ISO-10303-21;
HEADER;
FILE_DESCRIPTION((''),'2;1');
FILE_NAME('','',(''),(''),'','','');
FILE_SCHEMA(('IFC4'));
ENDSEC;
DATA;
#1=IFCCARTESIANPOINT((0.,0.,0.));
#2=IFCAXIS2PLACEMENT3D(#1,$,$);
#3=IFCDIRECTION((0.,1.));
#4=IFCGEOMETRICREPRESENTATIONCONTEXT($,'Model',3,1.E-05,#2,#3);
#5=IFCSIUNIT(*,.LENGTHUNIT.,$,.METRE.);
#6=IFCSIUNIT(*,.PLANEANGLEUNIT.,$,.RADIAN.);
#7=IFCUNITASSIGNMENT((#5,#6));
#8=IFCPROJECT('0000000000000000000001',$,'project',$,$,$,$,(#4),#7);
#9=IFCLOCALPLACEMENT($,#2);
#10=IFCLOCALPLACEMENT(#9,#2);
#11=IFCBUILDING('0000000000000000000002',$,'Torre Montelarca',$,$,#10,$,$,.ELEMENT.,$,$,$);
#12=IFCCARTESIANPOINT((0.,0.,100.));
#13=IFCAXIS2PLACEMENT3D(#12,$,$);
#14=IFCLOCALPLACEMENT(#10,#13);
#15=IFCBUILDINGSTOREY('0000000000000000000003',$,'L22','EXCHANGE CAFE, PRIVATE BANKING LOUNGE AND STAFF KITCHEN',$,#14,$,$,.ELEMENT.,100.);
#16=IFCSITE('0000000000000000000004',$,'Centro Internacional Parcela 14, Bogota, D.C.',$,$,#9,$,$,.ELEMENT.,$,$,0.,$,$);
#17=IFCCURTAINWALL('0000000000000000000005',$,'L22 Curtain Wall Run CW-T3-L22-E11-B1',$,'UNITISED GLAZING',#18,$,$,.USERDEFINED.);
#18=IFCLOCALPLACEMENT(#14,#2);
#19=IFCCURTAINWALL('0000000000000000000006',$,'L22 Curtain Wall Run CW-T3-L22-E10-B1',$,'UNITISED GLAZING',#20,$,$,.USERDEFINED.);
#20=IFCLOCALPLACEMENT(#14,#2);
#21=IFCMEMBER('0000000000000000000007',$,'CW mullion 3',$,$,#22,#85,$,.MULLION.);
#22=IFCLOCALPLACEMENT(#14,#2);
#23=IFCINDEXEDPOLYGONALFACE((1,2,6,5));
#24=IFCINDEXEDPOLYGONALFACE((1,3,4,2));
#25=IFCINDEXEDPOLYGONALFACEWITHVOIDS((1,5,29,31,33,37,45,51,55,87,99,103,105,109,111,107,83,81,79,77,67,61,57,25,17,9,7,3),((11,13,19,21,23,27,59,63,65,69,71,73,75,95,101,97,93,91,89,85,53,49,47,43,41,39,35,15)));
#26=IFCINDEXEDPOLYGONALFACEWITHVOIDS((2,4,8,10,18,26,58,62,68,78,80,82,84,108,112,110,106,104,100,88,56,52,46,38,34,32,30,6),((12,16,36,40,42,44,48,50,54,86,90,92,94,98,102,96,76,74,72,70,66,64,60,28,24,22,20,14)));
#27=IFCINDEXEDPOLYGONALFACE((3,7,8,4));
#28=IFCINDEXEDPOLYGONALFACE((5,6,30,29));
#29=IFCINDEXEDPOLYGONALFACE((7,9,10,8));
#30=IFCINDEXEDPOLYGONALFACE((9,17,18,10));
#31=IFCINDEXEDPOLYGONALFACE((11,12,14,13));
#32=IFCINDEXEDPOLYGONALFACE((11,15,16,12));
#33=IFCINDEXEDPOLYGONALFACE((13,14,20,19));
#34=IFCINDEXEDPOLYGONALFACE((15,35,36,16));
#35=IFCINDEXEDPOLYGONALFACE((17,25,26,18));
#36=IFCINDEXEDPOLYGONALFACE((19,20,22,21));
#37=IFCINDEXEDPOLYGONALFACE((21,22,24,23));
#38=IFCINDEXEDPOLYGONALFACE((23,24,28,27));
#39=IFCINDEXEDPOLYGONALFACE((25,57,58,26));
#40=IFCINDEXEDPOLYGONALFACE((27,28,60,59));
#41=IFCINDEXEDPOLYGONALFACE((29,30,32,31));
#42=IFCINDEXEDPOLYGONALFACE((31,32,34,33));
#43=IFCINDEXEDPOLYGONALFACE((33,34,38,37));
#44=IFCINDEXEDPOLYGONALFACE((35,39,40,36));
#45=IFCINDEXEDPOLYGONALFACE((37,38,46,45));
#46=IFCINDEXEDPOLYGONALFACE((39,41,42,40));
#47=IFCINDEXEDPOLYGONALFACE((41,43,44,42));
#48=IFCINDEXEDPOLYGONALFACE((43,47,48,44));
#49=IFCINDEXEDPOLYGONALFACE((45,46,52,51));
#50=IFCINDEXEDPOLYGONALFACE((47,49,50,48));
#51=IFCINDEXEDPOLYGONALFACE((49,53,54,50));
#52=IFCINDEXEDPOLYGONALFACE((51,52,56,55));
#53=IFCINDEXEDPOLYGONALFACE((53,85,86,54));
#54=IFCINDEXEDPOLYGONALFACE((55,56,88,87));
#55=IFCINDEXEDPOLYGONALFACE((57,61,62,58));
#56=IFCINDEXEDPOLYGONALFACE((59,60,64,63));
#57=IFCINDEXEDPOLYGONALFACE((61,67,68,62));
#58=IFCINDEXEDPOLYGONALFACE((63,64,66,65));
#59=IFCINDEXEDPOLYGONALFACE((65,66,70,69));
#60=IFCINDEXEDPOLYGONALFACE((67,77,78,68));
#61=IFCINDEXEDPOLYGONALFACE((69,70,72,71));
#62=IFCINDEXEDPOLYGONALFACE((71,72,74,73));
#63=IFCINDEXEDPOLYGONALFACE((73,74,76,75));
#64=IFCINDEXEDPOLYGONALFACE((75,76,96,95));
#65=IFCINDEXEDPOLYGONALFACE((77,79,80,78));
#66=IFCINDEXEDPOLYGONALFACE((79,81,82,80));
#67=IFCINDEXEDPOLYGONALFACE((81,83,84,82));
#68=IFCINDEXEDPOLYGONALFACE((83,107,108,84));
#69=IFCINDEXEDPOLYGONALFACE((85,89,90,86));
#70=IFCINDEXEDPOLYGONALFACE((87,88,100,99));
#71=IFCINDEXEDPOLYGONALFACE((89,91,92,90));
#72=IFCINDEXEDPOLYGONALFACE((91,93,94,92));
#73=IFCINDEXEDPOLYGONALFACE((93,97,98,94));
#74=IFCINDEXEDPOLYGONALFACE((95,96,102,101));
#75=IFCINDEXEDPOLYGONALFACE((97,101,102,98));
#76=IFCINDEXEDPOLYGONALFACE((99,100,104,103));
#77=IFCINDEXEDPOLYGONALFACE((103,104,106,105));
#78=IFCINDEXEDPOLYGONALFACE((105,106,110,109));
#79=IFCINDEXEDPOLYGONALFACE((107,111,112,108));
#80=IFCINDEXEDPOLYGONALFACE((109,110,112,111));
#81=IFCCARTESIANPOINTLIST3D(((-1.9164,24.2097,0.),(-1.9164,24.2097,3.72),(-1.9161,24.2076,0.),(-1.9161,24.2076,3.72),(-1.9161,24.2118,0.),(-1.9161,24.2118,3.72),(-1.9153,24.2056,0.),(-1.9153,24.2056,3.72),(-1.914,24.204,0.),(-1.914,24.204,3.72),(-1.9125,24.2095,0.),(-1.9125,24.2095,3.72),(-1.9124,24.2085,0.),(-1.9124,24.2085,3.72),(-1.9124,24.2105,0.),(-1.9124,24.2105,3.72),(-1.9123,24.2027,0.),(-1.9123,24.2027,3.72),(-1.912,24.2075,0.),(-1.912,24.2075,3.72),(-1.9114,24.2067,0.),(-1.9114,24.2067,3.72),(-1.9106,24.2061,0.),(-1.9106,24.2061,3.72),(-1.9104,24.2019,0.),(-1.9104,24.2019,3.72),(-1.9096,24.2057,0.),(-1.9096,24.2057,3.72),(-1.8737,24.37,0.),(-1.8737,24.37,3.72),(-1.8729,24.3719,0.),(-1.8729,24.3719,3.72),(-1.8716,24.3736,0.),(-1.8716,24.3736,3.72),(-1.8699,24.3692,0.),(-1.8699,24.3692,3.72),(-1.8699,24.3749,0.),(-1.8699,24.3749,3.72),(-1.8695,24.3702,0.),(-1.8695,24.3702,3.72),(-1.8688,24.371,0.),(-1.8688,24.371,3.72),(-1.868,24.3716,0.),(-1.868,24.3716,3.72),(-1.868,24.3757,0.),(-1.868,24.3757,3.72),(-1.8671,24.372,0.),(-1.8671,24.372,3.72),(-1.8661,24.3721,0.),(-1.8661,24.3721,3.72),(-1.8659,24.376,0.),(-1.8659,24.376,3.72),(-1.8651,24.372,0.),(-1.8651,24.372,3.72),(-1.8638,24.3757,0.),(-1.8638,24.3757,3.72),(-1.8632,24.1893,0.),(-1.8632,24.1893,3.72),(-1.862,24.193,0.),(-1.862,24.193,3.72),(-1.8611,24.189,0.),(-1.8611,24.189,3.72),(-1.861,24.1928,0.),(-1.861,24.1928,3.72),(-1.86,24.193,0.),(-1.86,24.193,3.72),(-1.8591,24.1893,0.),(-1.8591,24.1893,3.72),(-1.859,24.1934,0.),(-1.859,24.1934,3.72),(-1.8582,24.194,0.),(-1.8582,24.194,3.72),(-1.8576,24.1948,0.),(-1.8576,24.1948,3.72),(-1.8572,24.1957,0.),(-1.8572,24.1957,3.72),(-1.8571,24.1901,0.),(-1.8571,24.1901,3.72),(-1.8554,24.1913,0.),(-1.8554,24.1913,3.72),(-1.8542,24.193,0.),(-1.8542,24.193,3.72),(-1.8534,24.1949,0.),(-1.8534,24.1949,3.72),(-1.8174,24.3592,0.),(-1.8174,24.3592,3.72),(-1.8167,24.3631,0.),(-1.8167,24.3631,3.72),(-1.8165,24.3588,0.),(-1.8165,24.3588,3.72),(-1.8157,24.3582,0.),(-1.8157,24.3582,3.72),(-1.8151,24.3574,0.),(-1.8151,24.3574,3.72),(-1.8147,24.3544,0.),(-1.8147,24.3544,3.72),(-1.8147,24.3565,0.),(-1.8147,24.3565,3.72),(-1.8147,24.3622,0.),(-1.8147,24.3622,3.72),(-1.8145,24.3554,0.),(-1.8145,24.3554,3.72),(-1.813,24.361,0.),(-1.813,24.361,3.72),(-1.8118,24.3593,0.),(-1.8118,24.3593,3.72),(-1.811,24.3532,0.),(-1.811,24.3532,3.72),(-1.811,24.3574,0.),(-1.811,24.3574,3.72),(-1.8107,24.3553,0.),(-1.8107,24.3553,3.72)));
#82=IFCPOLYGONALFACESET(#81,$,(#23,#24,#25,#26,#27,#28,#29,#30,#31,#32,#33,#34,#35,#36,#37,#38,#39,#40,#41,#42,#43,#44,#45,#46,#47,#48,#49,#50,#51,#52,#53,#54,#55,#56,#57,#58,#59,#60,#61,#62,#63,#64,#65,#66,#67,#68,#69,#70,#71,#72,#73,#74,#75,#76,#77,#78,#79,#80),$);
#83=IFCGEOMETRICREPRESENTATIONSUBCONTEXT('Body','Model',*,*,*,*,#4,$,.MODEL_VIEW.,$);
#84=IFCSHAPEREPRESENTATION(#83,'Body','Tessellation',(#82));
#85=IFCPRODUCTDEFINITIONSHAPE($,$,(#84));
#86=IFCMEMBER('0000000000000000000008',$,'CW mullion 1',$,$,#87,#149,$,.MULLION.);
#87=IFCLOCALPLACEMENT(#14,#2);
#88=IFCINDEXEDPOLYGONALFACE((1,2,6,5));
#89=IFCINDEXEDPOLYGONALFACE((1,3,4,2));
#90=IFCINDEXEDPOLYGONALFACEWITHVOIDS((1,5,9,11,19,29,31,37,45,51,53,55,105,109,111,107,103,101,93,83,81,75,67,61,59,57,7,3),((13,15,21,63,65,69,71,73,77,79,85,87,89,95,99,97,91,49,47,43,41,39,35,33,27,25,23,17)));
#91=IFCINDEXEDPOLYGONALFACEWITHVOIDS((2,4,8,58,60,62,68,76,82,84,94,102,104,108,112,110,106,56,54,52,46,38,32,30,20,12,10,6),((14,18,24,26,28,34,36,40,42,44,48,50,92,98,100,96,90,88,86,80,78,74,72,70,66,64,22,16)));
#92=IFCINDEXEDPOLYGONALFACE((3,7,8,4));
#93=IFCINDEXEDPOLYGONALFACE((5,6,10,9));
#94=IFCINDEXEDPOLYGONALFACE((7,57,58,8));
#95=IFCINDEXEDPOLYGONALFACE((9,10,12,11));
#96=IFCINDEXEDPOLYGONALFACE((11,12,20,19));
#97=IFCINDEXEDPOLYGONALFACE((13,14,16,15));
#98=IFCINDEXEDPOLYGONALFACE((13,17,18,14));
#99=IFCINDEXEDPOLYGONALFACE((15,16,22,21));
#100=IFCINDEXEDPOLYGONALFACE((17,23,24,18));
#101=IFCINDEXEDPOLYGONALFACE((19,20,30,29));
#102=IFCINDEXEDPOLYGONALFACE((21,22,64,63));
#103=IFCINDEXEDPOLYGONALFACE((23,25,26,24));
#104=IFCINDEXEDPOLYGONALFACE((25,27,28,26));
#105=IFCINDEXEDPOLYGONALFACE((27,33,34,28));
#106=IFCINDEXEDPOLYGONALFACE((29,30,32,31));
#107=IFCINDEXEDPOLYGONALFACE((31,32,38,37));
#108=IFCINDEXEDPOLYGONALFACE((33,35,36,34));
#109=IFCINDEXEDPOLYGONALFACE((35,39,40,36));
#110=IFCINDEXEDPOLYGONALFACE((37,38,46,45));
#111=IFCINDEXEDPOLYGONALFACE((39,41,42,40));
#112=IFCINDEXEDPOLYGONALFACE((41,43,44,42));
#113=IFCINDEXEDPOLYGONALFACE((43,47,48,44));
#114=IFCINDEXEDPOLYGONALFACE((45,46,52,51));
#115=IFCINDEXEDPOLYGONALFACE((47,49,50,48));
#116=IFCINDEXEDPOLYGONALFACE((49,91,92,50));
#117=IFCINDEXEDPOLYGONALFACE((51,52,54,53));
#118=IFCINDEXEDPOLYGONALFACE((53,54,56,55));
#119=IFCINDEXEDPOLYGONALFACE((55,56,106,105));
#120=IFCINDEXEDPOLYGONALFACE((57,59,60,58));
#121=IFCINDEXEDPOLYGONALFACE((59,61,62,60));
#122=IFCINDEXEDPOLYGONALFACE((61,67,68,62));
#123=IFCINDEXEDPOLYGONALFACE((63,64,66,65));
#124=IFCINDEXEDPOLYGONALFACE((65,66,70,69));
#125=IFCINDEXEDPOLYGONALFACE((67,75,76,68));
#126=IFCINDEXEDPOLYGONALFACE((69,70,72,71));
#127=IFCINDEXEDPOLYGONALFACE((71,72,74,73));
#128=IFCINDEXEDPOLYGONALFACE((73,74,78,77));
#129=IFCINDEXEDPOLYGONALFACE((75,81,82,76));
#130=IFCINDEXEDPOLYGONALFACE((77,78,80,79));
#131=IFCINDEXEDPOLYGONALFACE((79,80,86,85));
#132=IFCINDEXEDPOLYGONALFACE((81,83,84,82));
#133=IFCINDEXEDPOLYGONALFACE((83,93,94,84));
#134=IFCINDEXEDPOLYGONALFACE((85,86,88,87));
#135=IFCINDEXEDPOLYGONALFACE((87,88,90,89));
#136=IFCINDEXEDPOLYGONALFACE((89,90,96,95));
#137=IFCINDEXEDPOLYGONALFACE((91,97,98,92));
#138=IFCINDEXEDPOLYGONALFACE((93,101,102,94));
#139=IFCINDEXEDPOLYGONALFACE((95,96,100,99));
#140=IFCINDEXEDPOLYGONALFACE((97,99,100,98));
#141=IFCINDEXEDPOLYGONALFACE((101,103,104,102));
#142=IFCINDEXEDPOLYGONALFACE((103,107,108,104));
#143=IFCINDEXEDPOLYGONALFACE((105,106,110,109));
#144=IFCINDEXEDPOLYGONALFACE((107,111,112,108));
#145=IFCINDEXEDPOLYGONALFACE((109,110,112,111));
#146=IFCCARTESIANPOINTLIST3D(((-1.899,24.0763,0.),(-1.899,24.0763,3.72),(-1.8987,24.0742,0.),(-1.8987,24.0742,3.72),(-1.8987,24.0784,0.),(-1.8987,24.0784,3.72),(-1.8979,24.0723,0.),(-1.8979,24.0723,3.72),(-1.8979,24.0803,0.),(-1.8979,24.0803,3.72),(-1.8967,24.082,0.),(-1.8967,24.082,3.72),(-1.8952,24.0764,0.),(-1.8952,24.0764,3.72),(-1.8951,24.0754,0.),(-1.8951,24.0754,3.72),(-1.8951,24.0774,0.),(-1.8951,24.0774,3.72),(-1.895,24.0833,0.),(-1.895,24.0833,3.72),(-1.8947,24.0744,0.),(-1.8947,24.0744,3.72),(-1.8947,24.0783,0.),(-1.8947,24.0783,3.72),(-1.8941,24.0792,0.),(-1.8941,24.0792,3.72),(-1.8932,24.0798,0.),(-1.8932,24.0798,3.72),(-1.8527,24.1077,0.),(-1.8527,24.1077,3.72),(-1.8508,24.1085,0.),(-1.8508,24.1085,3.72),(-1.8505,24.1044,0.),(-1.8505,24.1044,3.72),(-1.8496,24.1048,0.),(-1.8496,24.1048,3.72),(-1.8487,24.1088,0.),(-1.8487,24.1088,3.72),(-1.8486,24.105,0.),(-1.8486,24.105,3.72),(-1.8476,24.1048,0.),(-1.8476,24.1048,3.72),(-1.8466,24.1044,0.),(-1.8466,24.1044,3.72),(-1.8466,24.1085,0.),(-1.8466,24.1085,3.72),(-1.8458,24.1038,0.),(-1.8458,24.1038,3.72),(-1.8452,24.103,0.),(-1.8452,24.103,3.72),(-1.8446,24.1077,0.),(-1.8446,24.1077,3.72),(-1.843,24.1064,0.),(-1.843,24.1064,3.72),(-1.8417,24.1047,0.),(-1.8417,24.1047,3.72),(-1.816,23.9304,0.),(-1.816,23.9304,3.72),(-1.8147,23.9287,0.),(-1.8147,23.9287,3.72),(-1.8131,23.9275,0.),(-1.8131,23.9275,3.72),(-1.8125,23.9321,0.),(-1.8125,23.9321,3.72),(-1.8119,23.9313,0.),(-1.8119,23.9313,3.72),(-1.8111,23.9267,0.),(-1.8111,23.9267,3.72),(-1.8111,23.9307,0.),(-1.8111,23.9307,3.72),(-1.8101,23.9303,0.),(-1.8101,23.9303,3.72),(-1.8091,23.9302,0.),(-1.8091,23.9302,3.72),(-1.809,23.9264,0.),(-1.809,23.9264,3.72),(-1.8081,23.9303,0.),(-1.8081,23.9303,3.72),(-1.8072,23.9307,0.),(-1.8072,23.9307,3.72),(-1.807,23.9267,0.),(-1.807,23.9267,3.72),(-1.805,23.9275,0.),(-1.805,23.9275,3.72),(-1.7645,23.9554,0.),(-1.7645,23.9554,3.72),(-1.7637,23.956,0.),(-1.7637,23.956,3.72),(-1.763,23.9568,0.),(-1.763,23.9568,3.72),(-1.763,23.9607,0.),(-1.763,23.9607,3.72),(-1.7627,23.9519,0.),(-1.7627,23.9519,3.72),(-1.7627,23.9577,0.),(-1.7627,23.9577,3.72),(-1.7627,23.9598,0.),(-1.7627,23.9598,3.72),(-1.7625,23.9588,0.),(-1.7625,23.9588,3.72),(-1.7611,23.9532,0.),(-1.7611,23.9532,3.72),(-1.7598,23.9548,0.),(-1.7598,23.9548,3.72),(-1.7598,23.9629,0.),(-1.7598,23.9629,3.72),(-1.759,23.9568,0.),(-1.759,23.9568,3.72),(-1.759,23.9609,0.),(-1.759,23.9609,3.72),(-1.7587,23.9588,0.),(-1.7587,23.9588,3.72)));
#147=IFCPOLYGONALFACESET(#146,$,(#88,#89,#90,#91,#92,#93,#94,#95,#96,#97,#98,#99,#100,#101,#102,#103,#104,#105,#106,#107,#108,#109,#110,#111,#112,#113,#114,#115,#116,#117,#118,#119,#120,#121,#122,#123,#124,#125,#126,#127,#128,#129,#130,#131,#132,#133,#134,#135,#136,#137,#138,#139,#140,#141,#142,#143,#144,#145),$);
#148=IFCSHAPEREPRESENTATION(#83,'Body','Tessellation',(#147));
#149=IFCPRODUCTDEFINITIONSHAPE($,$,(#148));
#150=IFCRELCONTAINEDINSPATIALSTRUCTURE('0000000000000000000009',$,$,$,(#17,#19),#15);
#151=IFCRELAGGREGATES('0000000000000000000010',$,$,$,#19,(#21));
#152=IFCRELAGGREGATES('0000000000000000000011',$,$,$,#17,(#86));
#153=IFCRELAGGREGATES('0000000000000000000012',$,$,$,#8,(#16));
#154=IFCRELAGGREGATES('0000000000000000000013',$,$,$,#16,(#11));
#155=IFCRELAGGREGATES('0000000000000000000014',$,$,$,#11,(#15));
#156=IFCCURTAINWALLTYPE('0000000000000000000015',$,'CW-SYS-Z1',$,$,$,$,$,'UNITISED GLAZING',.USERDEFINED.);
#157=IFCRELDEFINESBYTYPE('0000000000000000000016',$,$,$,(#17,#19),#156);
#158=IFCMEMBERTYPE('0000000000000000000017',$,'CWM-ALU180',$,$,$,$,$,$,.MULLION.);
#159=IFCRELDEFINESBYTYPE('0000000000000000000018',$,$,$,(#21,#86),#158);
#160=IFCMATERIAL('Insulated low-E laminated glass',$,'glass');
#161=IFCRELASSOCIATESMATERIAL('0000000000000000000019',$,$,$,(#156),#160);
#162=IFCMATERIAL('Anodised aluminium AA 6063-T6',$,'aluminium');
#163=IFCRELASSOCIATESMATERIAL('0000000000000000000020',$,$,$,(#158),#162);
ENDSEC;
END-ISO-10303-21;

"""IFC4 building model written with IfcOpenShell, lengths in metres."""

from ifc_helpers import new_model, si_unit, direction, frame, origin, origin_2d, place, context, subcontext, project, spatial, hollow_rectangle, extrude, source, transform, mapped, material, material_profile, profile_set, type_object, element, aggregate, save


model = new_model("IFC4")

# Units and contexts
model_context = context("Model", 3, precision=1e-05, world=origin(), true_north=direction((0.0, 1.0)))
body_context = subcontext(model_context, "Body", "Model", "MODEL_VIEW")
ifc_project = project(units=[si_unit("LENGTHUNIT", "METRE"), si_unit("PLANEANGLEUNIT", "RADIAN")], contexts=[model_context])

# Site, building, storey
site_placement = place(None, origin())
site = spatial("IfcSite", under=ifc_project, at=site_placement, Name="Centro Internacional Parcela 14, Bogota, D.C.", CompositionType="ELEMENT", RefElevation=0.0)
building_placement = place(site_placement, origin())
building = spatial("IfcBuilding", under=site, at=building_placement, Name="Torre Montelarca", CompositionType="ELEMENT")
storey_placement = place(building_placement, frame((0.0, 0.0, 100.0)))
storey = spatial("IfcBuildingStorey", under=building, at=storey_placement, Name="L22", Description="EXCHANGE CAFE, PRIVATE BANKING LOUNGE AND STAFF KITCHEN", CompositionType="ELEMENT", Elevation=100.0)

# Curtain wall
ifc_material_1 = material(Name="Insulated low-E laminated glass", Category="glass")
curtain_wall_type = type_object("IfcCurtainWallType", Name="CW-SYS-Z1", ElementType="UNITISED GLAZING", PredefinedType="USERDEFINED", material=ifc_material_1)
curtain_wall_1_placement = place(storey_placement, origin())
curtain_wall_1 = element("IfcCurtainWall", 1, at=curtain_wall_1_placement, inside=storey, type_object=curtain_wall_type, Name="L22 Curtain Wall Run CW-T3-L22-E11-B1", ObjectType="UNITISED GLAZING", PredefinedType="USERDEFINED")
ifc_material_2 = material(Name="Anodised aluminium AA 6063-T6", Category="aluminium")

# Curtain wall, member
curtain_wall_2_placement = place(storey_placement, origin())
curtain_wall_2 = element("IfcCurtainWall", 2, at=curtain_wall_2_placement, inside=storey, type_object=curtain_wall_type, Name="L22 Curtain Wall Run CW-T3-L22-E10-B1", ObjectType="UNITISED GLAZING", PredefinedType="USERDEFINED")
ifc_material_profile_1 = material_profile(ifc_material_2, hollow_rectangle(XDim=0.0649, YDim=0.1799, WallThickness=0.0039, InnerFilletRadius=0.0039, OuterFilletRadius=0.0081, at=origin_2d()), Name="ALU65X180X4", Category="aluminium")
ifc_profile_set_1 = profile_set([ifc_material_profile_1], Name="Anodised aluminium AA 6063-T6")
member_type_1 = type_object("IfcMemberType", Name="CWM-ALU180", PredefinedType="MULLION", material=ifc_profile_set_1)
shared_shape_1 = source(origin(), body_context, "Body", "SweptSolid", [
    extrude(hollow_rectangle(XDim=0.0649, YDim=0.1799, WallThickness=0.0039, InnerFilletRadius=0.0039, OuterFilletRadius=0.0081, at=origin_2d()), origin(), (0.0, 0.0, 1.0), 3.72),
])
member_1_placement = place(storey_placement, frame((-1.8635, 24.2825, 0.0), z_axis=(0.0, 0.0, 1.0), x_axis=(0.965926, -0.258818, 0.0)))
member_1 = element("IfcMember", 3, at=member_1_placement, type_object=member_type_1, Name="CW mullion 3", PredefinedType="MULLION", context=body_context, shape_type="MappedRepresentation", body=[
    mapped(shared_shape_1, transform((0.0, 0.0, 0.0), scale=1.0)),
])
aggregate(curtain_wall_2, [member_1])

# Member
member_2_placement = place(storey_placement, frame((-1.8289, 24.0176, 0.0), z_axis=(0.0, 0.0, 1.0), x_axis=(0.866025, 0.500001, 0.0)))
member_2 = element("IfcMember", 4, at=member_2_placement, type_object=member_type_1, Name="CW mullion 1", PredefinedType="MULLION", context=body_context, shape_type="MappedRepresentation", body=[
    mapped(shared_shape_1, transform((0.0, 0.0, 0.0), scale=1.0)),
])

aggregate(curtain_wall_1, [member_2])

save(model, "model.ifc")
